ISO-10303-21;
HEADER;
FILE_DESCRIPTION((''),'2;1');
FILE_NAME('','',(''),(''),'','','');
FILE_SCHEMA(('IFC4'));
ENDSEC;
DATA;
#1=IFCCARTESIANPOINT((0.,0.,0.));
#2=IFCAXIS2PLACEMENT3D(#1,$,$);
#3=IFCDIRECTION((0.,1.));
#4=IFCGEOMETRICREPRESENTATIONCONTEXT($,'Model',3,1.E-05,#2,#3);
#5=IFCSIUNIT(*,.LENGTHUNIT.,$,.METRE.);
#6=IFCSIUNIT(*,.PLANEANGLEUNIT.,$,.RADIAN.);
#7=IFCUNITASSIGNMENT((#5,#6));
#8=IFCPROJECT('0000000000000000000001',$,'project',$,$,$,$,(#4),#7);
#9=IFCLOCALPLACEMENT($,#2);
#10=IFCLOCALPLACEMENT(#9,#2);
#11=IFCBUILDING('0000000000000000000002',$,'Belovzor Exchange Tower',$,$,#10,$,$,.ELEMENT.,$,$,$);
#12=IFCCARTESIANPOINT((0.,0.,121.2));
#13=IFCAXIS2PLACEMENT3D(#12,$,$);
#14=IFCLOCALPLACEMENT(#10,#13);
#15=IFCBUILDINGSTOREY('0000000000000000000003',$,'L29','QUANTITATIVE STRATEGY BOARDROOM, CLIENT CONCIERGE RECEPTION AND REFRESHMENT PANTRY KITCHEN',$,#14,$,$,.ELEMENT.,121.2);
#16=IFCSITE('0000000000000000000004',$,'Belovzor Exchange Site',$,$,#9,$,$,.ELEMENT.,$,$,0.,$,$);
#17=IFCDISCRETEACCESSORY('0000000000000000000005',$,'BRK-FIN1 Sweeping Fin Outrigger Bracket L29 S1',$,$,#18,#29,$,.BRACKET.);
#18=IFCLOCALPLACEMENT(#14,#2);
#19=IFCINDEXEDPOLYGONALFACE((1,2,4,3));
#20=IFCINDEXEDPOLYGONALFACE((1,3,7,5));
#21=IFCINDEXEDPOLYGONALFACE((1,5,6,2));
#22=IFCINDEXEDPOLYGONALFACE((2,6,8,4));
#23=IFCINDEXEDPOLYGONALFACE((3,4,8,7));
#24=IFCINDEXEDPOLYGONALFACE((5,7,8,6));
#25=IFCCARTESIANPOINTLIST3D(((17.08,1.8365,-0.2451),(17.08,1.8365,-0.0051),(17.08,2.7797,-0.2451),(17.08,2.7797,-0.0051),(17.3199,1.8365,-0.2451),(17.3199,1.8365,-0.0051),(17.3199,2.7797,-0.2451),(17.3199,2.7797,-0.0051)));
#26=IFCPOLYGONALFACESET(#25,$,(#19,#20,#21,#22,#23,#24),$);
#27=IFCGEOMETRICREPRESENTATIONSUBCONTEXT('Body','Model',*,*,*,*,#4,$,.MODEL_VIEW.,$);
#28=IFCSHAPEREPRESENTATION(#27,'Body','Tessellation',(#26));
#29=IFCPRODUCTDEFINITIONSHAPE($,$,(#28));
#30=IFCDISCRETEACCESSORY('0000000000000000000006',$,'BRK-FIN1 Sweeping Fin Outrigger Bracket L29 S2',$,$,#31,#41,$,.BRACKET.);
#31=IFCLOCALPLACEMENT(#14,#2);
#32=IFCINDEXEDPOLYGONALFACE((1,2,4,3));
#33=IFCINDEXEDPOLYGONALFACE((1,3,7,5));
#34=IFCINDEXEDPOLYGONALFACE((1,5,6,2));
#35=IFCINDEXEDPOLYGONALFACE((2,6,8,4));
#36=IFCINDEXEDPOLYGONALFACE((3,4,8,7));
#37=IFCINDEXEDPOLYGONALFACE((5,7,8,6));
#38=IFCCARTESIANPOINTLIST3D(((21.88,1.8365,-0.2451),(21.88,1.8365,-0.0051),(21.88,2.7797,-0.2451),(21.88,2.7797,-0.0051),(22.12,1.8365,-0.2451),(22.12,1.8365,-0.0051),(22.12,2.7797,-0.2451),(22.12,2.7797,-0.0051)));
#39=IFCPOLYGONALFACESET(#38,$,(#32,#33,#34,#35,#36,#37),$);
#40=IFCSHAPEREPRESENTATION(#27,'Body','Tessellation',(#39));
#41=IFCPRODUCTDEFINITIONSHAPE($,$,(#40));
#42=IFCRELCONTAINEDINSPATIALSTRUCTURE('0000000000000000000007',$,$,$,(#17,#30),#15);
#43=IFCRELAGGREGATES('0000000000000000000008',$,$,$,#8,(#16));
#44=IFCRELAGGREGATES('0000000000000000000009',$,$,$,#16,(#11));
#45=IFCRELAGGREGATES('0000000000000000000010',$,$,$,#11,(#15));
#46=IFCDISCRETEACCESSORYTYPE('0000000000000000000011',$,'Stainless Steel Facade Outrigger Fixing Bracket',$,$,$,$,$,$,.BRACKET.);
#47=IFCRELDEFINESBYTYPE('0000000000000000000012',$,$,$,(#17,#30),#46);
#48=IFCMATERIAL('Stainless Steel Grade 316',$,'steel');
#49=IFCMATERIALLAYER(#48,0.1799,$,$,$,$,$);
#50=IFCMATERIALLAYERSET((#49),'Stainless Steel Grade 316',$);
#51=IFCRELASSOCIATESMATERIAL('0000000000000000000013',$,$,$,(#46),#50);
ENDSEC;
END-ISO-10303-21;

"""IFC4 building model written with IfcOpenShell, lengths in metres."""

from ifc_helpers import new_model, si_unit, direction, frame, origin, origin_2d, place, context, subcontext, project, spatial, rectangle, extrude, material, layer, layer_set, type_object, element, save


model = new_model("IFC4")

# Units and contexts
model_context = context("Model", 3, precision=1e-05, world=origin(), true_north=direction((0.0, 1.0)))
body_context = subcontext(model_context, "Body", "Model", "MODEL_VIEW")
ifc_project = project(units=[si_unit("LENGTHUNIT", "METRE"), si_unit("PLANEANGLEUNIT", "RADIAN")], contexts=[model_context])

# Site, building, storey
site_placement = place(None, origin())
site = spatial("IfcSite", under=ifc_project, at=site_placement, Name="Belovzor Exchange Site", CompositionType="ELEMENT", RefElevation=0.0)
building_placement = place(site_placement, origin())
building = spatial("IfcBuilding", under=site, at=building_placement, Name="Belovzor Exchange Tower", CompositionType="ELEMENT")
storey_placement = place(building_placement, frame((0.0, 0.0, 121.2)))
storey = spatial("IfcBuildingStorey", under=building, at=storey_placement, Name="L29", Description="QUANTITATIVE STRATEGY BOARDROOM, CLIENT CONCIERGE RECEPTION AND REFRESHMENT PANTRY KITCHEN", CompositionType="ELEMENT", Elevation=121.2)

# Discrete accessories
ifc_material_1 = material(Name="Stainless Steel Grade 316", Category="steel")
ifc_layer_1 = layer(ifc_material_1, 0.1799)
ifc_layer_set_1 = layer_set([ifc_layer_1], Name="Stainless Steel Grade 316")
discrete_accessory_type = type_object("IfcDiscreteAccessoryType", Name="Stainless Steel Facade Outrigger Fixing Bracket", PredefinedType="BRACKET", material=ifc_layer_set_1)
for number, where, z_axis, x_axis, name in (
    (1, (17.2, 2.3081, -0.2451), (0.0, 0.0, 1.0), (0.0, 1.0, 0.0), "BRK-FIN1 Sweeping Fin Outrigger Bracket L29 S1"),
    (2, (22.0, 2.3081, -0.2451), (0.0, 0.0, 1.0), (0.0, 1.0, 0.0), "BRK-FIN1 Sweeping Fin Outrigger Bracket L29 S2"),
):
    element("IfcDiscreteAccessory", number, at=place(storey_placement, frame(where, z_axis=z_axis, x_axis=x_axis)), inside=storey, type_object=discrete_accessory_type, Name=name, PredefinedType="BRACKET", context=body_context, shape_type="SweptSolid", body=[
        extrude(rectangle(XDim=0.9431, YDim=0.24, at=origin_2d()), origin(), (0.0, 0.0, 1.0), 0.24),
    ])

save(model, "model.ifc")
